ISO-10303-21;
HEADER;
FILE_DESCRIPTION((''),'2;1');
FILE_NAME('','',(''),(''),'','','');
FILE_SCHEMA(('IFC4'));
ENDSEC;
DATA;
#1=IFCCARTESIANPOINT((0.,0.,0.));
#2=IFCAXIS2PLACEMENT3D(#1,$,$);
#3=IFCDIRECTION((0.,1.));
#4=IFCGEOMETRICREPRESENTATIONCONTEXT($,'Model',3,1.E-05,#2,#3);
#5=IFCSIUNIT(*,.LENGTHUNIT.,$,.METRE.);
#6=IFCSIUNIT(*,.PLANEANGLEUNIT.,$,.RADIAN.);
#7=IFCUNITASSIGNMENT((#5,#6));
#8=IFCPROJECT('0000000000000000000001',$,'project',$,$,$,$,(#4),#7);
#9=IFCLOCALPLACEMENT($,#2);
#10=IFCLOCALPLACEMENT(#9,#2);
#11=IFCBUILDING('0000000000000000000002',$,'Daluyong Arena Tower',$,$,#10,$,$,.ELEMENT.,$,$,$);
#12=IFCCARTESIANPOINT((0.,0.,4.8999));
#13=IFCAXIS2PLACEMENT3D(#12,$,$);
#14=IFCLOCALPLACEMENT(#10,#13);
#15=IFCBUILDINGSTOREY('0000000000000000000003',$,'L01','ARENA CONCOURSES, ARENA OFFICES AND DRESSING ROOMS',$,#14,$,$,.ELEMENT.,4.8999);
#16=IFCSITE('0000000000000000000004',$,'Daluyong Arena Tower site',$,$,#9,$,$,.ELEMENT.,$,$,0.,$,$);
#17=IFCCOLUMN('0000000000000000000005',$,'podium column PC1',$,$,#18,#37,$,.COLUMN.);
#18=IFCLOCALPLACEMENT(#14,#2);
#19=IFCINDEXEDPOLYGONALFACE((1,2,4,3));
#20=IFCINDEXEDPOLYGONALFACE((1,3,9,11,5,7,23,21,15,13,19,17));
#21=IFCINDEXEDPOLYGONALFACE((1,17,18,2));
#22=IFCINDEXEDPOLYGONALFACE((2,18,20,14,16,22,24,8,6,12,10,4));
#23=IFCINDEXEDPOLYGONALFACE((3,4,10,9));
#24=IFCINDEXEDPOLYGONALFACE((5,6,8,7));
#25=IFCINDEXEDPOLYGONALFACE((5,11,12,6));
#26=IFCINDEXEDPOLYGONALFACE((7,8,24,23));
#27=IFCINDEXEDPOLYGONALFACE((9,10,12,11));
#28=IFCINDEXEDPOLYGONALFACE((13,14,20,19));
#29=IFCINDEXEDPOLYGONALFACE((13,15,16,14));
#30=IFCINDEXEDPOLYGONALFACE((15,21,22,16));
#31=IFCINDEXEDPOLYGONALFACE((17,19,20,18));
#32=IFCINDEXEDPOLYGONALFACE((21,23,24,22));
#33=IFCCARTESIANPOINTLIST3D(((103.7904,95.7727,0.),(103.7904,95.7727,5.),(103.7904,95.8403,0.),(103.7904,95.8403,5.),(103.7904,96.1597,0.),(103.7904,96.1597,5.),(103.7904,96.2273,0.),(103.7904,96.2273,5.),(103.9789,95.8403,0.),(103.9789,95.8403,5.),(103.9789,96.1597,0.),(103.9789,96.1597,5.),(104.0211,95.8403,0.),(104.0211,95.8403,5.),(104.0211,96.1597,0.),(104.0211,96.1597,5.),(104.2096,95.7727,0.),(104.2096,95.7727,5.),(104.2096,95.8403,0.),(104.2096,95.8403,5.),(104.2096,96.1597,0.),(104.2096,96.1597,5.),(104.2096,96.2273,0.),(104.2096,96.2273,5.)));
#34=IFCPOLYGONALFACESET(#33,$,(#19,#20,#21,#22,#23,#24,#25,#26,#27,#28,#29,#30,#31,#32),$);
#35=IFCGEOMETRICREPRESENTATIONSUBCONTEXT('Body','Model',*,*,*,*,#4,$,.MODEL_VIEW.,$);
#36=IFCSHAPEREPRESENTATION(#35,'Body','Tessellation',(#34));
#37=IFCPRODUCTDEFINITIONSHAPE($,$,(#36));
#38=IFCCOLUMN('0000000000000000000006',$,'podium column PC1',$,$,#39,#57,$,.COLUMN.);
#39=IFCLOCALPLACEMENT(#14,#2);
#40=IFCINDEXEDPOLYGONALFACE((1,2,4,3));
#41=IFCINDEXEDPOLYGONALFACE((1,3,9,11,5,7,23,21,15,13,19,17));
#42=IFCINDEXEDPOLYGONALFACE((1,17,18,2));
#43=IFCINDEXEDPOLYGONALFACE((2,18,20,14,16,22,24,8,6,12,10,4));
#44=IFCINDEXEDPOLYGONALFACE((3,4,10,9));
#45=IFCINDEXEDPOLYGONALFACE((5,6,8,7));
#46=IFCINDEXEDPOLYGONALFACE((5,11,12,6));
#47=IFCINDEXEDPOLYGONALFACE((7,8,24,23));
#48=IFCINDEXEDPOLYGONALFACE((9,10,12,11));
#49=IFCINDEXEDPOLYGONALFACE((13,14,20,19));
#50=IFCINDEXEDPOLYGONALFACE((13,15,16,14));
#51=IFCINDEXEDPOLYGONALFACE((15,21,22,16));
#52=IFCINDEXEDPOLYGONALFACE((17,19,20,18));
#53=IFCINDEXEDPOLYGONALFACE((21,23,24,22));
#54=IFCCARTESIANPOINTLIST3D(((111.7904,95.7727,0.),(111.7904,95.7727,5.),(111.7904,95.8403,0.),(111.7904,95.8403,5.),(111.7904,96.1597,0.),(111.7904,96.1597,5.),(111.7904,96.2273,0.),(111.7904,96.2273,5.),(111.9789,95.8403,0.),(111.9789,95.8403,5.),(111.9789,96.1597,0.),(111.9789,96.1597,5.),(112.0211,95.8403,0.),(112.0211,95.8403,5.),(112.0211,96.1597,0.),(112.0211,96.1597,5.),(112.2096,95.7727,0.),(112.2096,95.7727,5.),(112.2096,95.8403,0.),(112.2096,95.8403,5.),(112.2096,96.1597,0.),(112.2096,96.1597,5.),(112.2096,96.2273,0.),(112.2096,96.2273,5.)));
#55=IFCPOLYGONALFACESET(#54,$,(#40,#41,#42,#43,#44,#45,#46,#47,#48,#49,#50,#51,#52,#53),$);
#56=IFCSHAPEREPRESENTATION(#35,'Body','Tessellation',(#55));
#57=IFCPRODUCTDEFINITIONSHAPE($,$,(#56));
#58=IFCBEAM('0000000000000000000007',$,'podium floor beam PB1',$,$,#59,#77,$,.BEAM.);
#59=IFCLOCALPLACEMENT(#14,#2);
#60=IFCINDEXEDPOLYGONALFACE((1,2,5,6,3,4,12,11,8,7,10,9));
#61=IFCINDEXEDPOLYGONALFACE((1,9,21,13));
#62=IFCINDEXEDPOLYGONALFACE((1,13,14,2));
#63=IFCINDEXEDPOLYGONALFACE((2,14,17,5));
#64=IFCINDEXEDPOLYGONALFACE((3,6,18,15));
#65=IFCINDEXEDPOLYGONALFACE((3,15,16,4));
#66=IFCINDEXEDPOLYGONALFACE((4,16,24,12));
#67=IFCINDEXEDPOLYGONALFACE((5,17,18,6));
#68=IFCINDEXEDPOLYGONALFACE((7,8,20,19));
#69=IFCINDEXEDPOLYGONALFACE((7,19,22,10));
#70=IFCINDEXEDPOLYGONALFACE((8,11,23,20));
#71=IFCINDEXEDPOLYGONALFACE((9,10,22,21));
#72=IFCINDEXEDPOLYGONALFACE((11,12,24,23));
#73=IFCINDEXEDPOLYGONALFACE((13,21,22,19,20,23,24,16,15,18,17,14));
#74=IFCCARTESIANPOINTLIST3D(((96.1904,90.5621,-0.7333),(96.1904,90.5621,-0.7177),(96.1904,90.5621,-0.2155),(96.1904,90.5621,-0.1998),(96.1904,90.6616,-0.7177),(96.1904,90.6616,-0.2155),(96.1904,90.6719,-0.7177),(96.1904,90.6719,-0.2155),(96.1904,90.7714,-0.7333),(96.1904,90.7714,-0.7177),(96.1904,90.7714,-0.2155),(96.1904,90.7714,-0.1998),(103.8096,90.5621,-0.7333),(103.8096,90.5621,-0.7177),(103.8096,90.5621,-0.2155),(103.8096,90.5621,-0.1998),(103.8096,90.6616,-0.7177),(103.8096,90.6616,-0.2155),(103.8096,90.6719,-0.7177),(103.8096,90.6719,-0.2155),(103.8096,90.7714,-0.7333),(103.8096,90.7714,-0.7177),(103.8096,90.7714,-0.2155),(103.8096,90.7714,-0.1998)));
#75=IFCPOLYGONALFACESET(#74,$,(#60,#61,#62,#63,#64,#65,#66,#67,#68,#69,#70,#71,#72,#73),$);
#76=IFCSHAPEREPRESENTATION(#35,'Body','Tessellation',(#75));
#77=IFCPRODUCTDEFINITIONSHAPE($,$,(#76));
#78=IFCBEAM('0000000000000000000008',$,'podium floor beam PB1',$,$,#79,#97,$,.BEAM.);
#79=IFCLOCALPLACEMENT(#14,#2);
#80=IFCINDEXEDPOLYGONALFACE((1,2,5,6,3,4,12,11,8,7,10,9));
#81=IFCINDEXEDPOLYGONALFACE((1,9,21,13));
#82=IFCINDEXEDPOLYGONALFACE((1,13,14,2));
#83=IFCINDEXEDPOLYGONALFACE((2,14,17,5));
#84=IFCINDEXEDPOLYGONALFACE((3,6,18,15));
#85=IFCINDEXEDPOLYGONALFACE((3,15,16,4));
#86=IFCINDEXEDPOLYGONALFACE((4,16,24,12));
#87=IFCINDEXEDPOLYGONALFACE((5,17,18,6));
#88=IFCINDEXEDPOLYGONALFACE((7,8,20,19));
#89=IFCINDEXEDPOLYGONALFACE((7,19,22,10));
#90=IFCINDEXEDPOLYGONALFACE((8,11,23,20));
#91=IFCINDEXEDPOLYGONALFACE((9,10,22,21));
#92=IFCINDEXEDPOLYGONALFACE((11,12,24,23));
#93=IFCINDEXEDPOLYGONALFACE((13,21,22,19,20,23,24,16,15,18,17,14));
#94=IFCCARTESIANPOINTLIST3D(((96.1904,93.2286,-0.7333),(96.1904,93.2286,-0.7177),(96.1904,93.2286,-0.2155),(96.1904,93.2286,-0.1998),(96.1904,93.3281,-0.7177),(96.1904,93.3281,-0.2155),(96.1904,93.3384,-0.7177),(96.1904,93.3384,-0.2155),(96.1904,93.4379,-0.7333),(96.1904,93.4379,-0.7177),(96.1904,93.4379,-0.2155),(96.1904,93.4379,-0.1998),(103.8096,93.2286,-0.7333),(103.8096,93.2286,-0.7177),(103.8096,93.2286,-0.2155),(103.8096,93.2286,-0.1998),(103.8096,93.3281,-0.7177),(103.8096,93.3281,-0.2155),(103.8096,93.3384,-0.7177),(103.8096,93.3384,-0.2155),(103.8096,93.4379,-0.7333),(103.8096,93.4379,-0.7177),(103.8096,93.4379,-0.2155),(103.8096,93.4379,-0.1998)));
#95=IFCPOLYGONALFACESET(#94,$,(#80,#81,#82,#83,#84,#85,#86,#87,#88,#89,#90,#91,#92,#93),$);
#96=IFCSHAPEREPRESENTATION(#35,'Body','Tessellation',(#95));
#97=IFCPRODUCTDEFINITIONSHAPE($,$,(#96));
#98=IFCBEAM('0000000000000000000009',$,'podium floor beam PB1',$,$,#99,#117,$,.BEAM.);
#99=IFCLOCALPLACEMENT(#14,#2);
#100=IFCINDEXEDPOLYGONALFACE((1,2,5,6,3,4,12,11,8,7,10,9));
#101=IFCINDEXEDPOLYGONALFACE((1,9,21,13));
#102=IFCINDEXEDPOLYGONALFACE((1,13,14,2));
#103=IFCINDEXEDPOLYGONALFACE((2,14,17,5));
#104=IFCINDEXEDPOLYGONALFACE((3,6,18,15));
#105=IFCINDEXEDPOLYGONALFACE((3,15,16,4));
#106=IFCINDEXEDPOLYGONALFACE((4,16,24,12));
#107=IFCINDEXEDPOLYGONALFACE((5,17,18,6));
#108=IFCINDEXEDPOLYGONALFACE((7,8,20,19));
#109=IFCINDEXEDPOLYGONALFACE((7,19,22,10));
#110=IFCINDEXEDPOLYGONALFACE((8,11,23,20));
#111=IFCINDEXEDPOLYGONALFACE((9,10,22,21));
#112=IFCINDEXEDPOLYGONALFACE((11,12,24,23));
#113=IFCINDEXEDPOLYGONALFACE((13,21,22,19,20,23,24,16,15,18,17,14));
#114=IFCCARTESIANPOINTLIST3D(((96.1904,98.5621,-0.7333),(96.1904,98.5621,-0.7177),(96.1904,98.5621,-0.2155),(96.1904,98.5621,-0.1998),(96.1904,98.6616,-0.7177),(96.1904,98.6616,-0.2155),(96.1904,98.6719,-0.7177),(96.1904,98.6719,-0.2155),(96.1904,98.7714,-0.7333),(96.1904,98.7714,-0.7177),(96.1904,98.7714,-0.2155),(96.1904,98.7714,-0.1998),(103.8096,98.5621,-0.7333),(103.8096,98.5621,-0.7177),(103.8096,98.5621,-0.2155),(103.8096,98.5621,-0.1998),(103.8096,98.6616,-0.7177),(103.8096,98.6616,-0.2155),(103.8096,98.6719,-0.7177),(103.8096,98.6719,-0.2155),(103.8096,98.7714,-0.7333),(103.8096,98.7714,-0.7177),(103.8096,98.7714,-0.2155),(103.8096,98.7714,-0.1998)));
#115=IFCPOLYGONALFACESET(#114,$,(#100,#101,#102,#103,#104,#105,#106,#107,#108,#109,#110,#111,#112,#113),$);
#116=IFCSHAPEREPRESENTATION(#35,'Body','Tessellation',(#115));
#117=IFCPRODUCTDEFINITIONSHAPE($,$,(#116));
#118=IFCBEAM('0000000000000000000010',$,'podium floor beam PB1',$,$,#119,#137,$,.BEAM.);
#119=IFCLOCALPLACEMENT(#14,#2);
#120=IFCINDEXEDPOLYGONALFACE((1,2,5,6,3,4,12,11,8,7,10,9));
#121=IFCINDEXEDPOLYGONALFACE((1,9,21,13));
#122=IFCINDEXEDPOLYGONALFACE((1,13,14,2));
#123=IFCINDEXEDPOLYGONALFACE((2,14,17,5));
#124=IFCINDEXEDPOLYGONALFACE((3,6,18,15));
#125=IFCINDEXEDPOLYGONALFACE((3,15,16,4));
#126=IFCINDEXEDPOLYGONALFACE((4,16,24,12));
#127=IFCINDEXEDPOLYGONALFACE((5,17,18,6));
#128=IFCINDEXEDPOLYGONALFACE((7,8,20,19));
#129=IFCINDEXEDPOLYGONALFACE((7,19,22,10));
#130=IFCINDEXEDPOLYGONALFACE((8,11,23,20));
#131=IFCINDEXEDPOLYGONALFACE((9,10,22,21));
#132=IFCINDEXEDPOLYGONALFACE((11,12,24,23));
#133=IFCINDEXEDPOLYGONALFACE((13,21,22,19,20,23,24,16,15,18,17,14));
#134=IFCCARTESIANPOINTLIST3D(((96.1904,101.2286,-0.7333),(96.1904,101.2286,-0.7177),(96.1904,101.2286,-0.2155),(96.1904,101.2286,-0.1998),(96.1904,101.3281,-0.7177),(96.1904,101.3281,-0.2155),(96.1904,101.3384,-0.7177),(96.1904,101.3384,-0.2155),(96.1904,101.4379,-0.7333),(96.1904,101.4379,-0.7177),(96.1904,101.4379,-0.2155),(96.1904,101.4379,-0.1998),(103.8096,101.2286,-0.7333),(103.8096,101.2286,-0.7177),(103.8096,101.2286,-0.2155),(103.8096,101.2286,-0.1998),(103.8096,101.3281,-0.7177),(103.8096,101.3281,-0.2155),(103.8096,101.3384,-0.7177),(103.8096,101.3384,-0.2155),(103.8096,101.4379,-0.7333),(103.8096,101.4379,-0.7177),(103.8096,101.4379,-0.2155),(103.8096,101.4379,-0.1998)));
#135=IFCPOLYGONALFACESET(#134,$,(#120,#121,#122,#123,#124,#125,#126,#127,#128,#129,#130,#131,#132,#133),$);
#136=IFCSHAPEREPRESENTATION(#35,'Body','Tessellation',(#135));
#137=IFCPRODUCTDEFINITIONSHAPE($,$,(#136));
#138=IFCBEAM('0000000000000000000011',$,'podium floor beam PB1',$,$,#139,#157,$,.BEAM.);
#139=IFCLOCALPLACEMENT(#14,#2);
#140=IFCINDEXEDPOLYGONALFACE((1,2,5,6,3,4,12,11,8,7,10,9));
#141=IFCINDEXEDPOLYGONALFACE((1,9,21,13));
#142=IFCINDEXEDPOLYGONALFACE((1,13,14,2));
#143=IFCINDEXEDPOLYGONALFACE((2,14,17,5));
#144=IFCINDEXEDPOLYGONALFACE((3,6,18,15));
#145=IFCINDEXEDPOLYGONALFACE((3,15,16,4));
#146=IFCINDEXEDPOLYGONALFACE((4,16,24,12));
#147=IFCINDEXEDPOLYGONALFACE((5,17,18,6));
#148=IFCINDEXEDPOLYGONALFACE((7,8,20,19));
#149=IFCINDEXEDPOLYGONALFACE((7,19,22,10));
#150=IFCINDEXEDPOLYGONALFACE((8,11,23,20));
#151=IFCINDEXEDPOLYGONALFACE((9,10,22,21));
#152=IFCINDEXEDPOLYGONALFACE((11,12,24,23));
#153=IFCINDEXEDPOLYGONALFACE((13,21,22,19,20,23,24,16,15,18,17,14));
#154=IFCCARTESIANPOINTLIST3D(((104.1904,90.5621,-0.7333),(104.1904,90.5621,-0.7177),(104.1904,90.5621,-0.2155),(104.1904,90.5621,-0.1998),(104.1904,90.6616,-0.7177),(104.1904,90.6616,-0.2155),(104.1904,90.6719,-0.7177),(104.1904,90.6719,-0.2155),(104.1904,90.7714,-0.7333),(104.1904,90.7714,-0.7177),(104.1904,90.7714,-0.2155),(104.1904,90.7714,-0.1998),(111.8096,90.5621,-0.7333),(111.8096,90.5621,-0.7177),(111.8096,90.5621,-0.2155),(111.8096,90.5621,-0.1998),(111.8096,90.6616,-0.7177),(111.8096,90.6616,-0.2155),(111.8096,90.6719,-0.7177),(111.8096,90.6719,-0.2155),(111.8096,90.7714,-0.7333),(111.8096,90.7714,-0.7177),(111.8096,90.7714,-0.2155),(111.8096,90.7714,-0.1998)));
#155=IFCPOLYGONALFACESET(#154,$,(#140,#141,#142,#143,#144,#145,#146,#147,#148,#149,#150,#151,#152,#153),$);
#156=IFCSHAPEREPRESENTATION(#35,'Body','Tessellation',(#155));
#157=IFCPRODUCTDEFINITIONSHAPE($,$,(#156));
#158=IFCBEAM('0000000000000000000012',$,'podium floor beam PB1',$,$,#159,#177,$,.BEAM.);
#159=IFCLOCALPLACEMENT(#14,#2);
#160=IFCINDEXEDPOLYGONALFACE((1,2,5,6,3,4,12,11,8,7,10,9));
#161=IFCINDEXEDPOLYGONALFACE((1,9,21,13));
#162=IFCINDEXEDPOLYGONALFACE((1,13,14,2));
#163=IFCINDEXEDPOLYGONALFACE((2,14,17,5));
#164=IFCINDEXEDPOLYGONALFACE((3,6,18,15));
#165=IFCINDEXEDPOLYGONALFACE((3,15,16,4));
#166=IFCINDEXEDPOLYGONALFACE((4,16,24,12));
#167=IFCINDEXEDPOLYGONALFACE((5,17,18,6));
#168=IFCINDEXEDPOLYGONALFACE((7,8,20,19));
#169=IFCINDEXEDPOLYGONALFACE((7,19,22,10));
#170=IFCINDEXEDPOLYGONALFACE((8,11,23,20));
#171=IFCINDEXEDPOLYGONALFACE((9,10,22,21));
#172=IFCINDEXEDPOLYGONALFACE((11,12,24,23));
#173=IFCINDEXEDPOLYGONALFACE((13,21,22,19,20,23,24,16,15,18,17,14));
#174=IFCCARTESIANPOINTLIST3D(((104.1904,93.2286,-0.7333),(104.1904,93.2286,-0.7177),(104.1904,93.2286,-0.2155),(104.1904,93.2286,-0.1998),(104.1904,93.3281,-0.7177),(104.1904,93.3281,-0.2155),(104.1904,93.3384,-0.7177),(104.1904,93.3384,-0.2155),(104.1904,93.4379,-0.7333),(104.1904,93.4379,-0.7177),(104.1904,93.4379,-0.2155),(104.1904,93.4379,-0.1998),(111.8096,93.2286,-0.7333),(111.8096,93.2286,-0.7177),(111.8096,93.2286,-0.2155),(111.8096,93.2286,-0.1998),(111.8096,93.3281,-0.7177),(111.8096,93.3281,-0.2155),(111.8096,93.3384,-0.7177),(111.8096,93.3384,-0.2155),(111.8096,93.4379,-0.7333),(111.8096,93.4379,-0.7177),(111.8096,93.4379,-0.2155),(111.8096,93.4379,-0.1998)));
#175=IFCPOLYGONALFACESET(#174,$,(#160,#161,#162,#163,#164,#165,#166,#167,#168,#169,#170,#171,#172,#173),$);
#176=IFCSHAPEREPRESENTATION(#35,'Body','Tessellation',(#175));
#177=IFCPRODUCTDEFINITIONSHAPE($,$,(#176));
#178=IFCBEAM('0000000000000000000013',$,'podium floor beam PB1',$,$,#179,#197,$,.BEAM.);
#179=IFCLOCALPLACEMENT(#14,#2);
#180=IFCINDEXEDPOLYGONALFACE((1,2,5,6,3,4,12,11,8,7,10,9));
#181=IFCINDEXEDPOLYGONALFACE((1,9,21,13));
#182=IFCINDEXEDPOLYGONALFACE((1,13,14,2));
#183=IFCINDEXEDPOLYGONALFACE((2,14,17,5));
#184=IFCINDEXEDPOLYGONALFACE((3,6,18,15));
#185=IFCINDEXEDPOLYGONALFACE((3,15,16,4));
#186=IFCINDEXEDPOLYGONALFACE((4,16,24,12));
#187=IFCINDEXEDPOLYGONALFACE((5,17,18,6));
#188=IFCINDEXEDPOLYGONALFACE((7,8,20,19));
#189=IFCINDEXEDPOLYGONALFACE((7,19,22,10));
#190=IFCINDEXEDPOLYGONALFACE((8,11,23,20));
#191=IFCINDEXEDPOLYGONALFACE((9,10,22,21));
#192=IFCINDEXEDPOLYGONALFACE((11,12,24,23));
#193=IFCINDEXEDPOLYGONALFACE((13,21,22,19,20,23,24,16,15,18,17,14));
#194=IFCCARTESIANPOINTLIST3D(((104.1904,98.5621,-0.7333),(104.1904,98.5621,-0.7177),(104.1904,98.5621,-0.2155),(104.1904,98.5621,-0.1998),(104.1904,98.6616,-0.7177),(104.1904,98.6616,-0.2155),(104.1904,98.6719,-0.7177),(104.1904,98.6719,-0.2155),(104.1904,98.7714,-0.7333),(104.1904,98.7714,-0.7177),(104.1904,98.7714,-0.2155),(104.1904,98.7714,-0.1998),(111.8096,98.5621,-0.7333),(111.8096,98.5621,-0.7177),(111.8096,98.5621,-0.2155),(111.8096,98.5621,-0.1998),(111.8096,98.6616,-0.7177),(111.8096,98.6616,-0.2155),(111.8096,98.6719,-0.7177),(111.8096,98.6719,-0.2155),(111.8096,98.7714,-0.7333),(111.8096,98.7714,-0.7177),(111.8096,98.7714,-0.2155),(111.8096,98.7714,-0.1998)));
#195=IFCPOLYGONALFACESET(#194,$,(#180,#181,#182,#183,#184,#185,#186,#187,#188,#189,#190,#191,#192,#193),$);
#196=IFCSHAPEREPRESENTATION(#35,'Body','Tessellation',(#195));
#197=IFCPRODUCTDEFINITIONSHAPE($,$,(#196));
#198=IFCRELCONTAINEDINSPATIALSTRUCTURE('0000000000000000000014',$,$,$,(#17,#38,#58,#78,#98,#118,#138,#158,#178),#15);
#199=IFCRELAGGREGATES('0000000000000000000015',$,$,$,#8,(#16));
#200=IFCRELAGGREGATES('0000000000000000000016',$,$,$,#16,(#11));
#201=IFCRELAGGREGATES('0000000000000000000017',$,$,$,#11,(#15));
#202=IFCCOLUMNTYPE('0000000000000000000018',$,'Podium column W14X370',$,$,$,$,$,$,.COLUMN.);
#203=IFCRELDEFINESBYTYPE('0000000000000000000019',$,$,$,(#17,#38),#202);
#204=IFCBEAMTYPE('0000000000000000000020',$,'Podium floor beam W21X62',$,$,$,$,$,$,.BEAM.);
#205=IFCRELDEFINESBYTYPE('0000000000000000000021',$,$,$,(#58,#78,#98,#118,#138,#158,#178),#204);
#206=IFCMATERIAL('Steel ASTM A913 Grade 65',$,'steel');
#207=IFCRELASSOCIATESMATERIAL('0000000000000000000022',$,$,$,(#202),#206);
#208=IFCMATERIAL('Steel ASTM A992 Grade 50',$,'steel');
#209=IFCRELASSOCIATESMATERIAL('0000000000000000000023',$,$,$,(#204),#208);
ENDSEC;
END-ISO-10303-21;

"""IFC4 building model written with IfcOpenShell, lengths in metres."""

from ifc_helpers import new_model, si_unit, direction, frame, origin, origin_2d, place, context, subcontext, project, spatial, i_section, extrude, material, material_profile, profile_set, type_object, element, save


model = new_model("IFC4")

# Units and contexts
model_context = context("Model", 3, precision=1e-05, world=origin(), true_north=direction((0.0, 1.0)))
body_context = subcontext(model_context, "Body", "Model", "MODEL_VIEW")
ifc_project = project(units=[si_unit("LENGTHUNIT", "METRE"), si_unit("PLANEANGLEUNIT", "RADIAN")], contexts=[model_context])

# Site, building, storey
site_placement = place(None, origin())
site = spatial("IfcSite", under=ifc_project, at=site_placement, Name="Daluyong Arena Tower site", CompositionType="ELEMENT", RefElevation=0.0)
building_placement = place(site_placement, origin())
building = spatial("IfcBuilding", under=site, at=building_placement, Name="Daluyong Arena Tower", CompositionType="ELEMENT")
storey_placement = place(building_placement, frame((0.0, 0.0, 4.8999)))
storey = spatial("IfcBuildingStorey", under=building, at=storey_placement, Name="L01", Description="ARENA CONCOURSES, ARENA OFFICES AND DRESSING ROOMS", CompositionType="ELEMENT", Elevation=4.8999)

# Columns
ifc_material_1 = material(Name="Steel ASTM A913 Grade 65", Category="steel")
ifc_material_profile_1 = material_profile(ifc_material_1, i_section(OverallWidth=0.4192, OverallDepth=0.4546, WebThickness=0.0422, FlangeThickness=0.0676, at=origin_2d()))
ifc_profile_set_1 = profile_set([ifc_material_profile_1], Name="Steel ASTM A913 Grade 65")
column_type = type_object("IfcColumnType", Name="Podium column W14X370", PredefinedType="COLUMN", material=ifc_profile_set_1)
for number, where, z_axis, x_axis, name in (
    (1, (104.0, 96.0, 0.0), (0.0, 0.0, 1.0), (1.0, 0.0, 0.0), "podium column PC1"),
    (2, (112.0, 96.0, 0.0), (0.0, 0.0, 1.0), (1.0, 0.0, 0.0), "podium column PC1"),
):
    element("IfcColumn", number, at=place(storey_placement, frame(where, z_axis=z_axis, x_axis=x_axis)), inside=storey, type_object=column_type, Name=name, PredefinedType="COLUMN", context=body_context, shape_type="SweptSolid", body=[
        extrude(i_section(OverallWidth=0.4192, OverallDepth=0.4546, WebThickness=0.0422, FlangeThickness=0.0676, at=origin_2d()), origin(), (0.0, 0.0, 1.0), 5.0),
    ])

# Beams
ifc_material_2 = material(Name="Steel ASTM A992 Grade 50", Category="steel")
ifc_material_profile_2 = material_profile(ifc_material_2, i_section(OverallWidth=0.2092, OverallDepth=0.5334, WebThickness=0.0103, FlangeThickness=0.0156, at=origin_2d()))
ifc_profile_set_2 = profile_set([ifc_material_profile_2], Name="Steel ASTM A992 Grade 50")
beam_type_1 = type_object("IfcBeamType", Name="Podium floor beam W21X62", PredefinedType="BEAM", material=ifc_profile_set_2)
for number, where, z_axis, x_axis, name in (
    (3, (96.1904, 90.6667, -0.4666), (1.0, 0.0, 0.0), (0.0, 1.0, 0.0), "podium floor beam PB1"),
    (4, (96.1904, 93.3333, -0.4666), (1.0, 0.0, 0.0), (0.0, 1.0, 0.0), "podium floor beam PB1"),
    (5, (96.1904, 98.6667, -0.4666), (1.0, 0.0, 0.0), (0.0, 1.0, 0.0), "podium floor beam PB1"),
    (6, (96.1904, 101.3333, -0.4666), (1.0, 0.0, 0.0), (0.0, 1.0, 0.0), "podium floor beam PB1"),
    (7, (104.1904, 90.6667, -0.4666), (1.0, 0.0, 0.0), (0.0, 1.0, 0.0), "podium floor beam PB1"),
    (8, (104.1904, 93.3333, -0.4666), (1.0, 0.0, 0.0), (0.0, 1.0, 0.0), "podium floor beam PB1"),
    (9, (104.1904, 98.6667, -0.4666), (1.0, 0.0, 0.0), (0.0, 1.0, 0.0), "podium floor beam PB1"),
):
    element("IfcBeam", number, at=place(storey_placement, frame(where, z_axis=z_axis, x_axis=x_axis)), inside=storey, type_object=beam_type_1, Name=name, PredefinedType="BEAM", context=body_context, shape_type="SweptSolid", body=[
        extrude(i_section(OverallWidth=0.2092, OverallDepth=0.5334, WebThickness=0.0103, FlangeThickness=0.0156, at=origin_2d()), origin(), (0.0, 0.0, 1.0), 7.6191),
    ])

save(model, "model.ifc")
